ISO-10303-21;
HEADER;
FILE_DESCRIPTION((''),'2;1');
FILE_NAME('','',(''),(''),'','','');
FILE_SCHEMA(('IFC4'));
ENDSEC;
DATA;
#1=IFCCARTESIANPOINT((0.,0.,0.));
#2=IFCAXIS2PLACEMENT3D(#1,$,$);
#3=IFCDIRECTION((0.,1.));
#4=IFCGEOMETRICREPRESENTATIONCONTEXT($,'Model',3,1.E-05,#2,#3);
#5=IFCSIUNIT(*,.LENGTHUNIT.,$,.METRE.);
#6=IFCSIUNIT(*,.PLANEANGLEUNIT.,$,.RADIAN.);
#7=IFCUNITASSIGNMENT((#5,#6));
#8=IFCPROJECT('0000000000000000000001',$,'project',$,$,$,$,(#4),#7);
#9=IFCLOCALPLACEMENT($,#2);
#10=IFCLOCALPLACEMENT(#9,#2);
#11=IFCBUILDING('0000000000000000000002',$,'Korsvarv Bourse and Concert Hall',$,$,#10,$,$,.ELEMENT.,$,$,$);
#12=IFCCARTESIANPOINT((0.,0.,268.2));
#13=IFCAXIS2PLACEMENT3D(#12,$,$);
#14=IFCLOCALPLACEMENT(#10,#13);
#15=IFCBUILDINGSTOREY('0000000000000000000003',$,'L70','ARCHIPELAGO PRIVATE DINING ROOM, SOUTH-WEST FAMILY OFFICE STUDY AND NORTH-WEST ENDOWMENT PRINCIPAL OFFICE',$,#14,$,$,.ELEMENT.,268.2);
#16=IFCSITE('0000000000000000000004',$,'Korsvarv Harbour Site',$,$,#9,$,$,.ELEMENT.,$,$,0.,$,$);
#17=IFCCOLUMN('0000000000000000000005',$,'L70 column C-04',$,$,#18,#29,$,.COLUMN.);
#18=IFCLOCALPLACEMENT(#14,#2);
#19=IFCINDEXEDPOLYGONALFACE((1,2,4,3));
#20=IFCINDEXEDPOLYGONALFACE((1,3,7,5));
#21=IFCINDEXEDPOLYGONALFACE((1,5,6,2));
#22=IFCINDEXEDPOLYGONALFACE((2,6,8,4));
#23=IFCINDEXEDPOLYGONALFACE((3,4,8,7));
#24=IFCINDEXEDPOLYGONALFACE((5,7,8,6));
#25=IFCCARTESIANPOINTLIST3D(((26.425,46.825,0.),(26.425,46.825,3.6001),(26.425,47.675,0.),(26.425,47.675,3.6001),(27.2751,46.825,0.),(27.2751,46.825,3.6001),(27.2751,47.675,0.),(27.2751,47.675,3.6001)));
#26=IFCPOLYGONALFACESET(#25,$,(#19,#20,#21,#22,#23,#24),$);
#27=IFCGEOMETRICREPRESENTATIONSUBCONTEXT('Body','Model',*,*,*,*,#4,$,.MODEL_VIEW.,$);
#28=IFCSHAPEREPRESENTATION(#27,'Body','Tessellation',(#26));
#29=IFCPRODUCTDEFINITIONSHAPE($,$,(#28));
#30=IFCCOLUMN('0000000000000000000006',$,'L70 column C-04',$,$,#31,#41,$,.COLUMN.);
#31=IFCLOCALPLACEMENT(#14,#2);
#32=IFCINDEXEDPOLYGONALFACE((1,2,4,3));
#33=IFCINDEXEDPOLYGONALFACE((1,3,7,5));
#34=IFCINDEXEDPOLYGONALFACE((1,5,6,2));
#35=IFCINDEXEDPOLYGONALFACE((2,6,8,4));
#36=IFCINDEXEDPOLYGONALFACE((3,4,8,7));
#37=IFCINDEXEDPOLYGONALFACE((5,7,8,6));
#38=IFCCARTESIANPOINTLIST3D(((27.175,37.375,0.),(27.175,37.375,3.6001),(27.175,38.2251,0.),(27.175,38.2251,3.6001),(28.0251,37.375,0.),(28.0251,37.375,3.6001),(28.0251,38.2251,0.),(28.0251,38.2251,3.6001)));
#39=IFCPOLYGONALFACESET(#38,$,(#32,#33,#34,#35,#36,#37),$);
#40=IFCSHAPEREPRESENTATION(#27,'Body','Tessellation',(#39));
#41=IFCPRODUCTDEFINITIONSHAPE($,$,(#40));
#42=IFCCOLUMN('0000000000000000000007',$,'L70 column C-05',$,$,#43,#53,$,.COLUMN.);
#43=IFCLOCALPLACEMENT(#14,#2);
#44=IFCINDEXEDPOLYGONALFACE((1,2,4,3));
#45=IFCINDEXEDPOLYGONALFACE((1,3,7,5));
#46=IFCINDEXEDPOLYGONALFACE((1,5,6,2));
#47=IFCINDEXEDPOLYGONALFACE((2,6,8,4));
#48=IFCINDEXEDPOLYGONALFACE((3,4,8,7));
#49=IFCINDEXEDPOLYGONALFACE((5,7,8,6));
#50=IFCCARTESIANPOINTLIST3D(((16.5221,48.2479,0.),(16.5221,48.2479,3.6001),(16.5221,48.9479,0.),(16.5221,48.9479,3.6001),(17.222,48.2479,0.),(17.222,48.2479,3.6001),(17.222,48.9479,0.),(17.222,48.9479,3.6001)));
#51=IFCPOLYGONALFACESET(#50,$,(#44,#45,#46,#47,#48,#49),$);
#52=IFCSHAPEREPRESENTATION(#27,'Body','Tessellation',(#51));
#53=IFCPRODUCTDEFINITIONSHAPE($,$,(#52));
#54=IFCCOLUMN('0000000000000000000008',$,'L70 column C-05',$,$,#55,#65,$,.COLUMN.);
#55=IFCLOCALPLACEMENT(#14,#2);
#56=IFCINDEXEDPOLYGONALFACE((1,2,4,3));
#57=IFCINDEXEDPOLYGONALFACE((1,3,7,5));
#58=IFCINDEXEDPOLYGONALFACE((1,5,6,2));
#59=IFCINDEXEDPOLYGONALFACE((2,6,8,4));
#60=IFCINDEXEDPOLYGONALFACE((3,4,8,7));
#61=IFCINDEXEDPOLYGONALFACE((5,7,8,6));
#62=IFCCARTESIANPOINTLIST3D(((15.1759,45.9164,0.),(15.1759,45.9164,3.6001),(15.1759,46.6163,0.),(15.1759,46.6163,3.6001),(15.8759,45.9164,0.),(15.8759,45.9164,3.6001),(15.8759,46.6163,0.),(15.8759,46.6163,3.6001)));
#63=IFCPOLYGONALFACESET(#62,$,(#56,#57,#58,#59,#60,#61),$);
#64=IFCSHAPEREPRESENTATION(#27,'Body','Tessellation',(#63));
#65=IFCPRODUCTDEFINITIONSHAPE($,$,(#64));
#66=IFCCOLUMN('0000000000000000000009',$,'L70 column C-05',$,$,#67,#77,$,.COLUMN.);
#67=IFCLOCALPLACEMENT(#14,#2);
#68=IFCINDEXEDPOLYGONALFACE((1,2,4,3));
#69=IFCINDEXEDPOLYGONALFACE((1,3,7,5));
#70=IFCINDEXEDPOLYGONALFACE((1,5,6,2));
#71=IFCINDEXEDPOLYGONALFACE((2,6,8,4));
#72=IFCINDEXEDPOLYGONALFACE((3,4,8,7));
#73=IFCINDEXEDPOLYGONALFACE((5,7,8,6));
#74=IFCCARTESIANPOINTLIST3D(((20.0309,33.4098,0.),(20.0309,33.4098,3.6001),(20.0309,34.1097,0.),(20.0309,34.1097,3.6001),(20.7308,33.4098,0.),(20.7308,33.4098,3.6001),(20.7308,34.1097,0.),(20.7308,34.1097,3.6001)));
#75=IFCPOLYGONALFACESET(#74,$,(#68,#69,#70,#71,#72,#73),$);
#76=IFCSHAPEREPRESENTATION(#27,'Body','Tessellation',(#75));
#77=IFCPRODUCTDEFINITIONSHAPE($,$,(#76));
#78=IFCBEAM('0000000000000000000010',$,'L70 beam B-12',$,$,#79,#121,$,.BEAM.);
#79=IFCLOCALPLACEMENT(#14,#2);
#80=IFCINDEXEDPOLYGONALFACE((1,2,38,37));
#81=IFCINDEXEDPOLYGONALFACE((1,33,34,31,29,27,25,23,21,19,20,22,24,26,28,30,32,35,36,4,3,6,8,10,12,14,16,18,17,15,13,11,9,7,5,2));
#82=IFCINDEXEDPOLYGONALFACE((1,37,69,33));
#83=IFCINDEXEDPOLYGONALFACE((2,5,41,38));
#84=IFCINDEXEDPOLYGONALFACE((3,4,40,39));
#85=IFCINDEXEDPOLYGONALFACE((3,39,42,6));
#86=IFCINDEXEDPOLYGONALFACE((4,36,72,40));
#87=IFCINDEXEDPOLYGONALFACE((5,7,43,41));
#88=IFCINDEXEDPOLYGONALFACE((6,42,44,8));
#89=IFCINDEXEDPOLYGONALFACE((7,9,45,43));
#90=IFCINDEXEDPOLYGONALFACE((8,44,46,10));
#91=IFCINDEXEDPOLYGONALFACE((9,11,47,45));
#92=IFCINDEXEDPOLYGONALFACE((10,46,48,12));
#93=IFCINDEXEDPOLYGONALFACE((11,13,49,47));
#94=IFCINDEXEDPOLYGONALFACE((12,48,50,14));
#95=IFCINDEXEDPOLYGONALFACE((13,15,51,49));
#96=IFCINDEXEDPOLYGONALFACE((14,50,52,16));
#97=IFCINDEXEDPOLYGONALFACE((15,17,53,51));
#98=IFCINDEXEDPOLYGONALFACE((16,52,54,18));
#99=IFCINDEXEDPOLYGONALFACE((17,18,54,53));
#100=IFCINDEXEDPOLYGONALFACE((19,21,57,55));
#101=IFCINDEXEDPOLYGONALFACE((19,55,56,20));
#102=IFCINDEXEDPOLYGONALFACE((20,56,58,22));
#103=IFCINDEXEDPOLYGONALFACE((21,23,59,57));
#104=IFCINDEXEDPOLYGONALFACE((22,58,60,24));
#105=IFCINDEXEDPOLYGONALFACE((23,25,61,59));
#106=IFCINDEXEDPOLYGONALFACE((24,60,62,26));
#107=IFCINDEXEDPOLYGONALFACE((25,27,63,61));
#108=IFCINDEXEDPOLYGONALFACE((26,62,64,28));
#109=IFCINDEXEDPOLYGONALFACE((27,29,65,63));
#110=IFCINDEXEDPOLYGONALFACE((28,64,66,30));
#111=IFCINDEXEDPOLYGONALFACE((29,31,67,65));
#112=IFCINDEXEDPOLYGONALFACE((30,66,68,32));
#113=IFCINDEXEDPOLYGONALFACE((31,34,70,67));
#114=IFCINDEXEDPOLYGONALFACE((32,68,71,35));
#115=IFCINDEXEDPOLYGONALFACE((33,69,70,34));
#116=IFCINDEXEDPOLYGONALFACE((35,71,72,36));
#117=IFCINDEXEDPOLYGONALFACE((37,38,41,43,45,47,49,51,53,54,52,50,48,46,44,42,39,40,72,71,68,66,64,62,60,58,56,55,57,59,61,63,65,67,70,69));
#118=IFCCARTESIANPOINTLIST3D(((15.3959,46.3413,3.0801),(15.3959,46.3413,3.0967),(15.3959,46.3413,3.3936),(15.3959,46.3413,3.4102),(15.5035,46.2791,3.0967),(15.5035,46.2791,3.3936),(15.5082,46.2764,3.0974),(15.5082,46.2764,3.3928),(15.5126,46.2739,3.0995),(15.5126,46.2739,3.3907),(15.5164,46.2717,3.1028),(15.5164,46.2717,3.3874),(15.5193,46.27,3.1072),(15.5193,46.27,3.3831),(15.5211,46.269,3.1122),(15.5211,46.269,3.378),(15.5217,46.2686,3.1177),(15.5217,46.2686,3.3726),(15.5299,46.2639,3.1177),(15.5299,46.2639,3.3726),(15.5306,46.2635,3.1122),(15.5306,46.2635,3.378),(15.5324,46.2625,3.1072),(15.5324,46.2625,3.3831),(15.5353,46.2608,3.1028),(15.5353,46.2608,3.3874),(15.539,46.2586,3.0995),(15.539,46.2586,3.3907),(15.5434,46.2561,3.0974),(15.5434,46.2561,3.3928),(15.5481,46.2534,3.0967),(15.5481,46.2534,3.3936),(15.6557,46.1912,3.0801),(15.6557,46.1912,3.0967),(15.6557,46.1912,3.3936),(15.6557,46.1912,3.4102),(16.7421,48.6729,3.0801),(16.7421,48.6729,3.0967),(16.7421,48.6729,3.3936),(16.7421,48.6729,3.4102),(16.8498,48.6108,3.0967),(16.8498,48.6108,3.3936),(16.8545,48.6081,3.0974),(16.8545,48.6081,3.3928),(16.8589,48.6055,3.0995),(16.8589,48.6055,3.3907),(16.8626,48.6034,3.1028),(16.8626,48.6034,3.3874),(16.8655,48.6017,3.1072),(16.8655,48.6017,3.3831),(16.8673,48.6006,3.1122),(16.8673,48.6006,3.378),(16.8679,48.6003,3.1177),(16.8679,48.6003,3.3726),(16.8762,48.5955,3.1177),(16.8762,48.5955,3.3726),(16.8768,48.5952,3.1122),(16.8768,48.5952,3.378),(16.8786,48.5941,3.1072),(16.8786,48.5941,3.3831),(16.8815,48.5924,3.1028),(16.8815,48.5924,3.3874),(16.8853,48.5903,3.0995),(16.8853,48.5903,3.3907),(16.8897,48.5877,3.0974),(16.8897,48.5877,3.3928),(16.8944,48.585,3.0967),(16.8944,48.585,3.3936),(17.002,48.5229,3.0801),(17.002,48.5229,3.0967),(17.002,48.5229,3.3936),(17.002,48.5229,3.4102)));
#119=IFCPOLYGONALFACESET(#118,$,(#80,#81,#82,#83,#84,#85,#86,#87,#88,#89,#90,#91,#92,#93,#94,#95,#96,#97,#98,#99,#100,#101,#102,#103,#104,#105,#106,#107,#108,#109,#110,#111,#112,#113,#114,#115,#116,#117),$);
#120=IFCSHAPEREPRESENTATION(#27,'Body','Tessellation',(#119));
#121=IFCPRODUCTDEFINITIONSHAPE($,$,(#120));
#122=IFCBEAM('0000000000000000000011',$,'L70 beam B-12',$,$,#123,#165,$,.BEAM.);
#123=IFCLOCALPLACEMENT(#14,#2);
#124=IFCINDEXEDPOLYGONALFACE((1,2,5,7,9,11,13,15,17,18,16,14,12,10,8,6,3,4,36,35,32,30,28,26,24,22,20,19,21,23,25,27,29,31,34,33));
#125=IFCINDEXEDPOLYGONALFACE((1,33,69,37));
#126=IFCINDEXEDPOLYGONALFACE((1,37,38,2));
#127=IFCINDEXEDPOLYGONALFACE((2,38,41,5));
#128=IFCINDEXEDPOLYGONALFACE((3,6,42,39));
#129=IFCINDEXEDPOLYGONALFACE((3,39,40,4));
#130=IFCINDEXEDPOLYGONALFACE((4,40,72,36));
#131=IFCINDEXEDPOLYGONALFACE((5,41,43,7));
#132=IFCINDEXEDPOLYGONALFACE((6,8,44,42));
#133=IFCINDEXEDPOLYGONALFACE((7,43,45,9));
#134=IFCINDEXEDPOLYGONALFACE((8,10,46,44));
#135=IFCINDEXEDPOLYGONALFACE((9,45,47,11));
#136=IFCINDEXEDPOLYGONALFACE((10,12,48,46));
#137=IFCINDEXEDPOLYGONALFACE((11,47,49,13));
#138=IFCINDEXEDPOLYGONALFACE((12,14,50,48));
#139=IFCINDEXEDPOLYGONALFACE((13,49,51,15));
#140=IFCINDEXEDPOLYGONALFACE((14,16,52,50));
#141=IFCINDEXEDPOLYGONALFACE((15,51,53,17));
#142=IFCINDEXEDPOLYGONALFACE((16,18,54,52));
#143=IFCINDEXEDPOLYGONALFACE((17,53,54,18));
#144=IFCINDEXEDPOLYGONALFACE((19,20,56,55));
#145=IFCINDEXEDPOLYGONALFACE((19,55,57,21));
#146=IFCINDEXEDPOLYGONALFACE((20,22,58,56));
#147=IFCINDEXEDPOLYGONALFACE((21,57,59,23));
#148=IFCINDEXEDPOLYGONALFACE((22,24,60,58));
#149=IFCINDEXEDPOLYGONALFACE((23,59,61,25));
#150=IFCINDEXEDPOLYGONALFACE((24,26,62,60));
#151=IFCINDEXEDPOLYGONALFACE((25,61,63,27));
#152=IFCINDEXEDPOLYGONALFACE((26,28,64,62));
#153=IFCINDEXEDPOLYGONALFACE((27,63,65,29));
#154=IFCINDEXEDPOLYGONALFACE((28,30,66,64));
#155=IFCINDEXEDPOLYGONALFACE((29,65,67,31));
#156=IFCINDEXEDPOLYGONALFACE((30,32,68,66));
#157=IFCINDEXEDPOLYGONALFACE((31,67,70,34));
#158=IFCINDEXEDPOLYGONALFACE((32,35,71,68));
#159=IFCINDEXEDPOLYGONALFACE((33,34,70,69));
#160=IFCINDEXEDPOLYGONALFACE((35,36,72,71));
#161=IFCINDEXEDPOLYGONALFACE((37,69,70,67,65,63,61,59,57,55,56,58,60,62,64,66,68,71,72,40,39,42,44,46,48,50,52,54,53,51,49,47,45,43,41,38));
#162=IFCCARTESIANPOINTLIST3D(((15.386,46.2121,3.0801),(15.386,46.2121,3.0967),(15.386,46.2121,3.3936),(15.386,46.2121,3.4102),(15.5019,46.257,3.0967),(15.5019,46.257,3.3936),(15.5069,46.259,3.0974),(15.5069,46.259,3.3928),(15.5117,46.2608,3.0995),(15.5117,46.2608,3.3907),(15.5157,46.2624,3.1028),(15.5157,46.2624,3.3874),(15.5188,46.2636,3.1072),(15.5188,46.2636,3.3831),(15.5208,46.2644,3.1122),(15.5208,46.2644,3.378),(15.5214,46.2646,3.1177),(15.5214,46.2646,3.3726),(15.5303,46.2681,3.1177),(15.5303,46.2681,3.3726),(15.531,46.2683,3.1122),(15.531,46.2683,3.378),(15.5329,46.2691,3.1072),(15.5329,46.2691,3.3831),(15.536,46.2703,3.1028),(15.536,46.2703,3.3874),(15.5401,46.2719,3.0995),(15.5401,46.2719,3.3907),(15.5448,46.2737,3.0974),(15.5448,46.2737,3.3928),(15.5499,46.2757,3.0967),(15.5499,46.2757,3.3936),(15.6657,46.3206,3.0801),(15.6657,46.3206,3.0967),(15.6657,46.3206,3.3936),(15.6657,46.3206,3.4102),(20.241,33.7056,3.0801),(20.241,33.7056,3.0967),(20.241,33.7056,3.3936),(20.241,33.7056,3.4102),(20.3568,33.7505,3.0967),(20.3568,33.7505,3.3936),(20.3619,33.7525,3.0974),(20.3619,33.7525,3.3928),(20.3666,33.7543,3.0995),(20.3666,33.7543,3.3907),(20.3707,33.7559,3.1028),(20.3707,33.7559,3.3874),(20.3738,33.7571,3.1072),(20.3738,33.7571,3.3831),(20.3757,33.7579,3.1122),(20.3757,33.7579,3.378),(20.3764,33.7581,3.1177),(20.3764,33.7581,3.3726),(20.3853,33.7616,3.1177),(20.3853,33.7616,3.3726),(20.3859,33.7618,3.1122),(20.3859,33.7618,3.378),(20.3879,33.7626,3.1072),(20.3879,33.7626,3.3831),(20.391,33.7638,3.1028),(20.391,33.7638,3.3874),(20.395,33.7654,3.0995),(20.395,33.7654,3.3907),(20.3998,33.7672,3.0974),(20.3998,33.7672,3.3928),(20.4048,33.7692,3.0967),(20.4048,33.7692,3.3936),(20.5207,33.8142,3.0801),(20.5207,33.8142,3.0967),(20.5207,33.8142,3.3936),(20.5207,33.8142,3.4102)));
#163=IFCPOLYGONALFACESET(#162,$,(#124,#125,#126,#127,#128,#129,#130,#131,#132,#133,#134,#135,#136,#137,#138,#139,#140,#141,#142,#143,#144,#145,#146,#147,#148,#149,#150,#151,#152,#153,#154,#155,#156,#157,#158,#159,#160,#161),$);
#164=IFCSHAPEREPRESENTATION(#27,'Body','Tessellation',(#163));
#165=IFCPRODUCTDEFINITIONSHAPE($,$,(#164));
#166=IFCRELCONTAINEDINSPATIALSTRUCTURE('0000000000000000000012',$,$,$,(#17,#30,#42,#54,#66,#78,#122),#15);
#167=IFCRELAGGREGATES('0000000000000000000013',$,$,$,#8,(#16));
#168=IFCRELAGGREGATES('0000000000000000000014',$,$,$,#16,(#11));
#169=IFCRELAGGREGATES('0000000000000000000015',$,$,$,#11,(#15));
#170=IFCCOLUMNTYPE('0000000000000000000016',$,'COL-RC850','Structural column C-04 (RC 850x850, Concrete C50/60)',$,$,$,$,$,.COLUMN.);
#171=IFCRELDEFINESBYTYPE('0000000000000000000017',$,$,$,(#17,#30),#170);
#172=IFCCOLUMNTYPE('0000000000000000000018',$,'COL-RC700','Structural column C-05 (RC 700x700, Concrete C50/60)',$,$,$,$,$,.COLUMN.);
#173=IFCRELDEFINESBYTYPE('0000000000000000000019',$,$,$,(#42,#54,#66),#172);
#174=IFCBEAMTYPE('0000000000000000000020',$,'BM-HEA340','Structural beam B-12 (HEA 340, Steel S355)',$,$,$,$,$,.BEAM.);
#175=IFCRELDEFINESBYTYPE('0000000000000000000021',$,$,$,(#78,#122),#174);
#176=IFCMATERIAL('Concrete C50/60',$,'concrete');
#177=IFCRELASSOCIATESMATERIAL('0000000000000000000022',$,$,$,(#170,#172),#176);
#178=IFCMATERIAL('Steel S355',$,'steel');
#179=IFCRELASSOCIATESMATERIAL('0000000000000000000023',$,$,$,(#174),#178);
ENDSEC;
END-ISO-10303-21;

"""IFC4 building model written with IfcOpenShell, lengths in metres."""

from ifc_helpers import new_model, si_unit, direction, frame, origin, origin_2d, place, context, subcontext, project, spatial, rectangle, i_section, extrude, source, transform, mapped, material, material_profile, profile_set, type_object, element, save


model = new_model("IFC4")

# Units and contexts
model_context = context("Model", 3, precision=1e-05, world=origin(), true_north=direction((0.0, 1.0)))
body_context = subcontext(model_context, "Body", "Model", "MODEL_VIEW")
ifc_project = project(units=[si_unit("LENGTHUNIT", "METRE"), si_unit("PLANEANGLEUNIT", "RADIAN")], contexts=[model_context])

# Site, building, storey
site_placement = place(None, origin())
site = spatial("IfcSite", under=ifc_project, at=site_placement, Name="Korsvarv Harbour Site", CompositionType="ELEMENT", RefElevation=0.0)
building_placement = place(site_placement, origin())
building = spatial("IfcBuilding", under=site, at=building_placement, Name="Korsvarv Bourse and Concert Hall", CompositionType="ELEMENT")
storey_placement = place(building_placement, frame((0.0, 0.0, 268.2)))
storey = spatial("IfcBuildingStorey", under=building, at=storey_placement, Name="L70", Description="ARCHIPELAGO PRIVATE DINING ROOM, SOUTH-WEST FAMILY OFFICE STUDY AND NORTH-WEST ENDOWMENT PRINCIPAL OFFICE", CompositionType="ELEMENT", Elevation=268.2)

# Columns
ifc_material_1 = material(Name="Concrete C50/60", Category="concrete")
ifc_material_profile_1 = material_profile(ifc_material_1, rectangle(XDim=0.8501, YDim=0.8501, at=origin_2d()), Name="RC 850x850")
ifc_profile_set_1 = profile_set([ifc_material_profile_1], Name="Concrete C50/60")
column_type_1 = type_object("IfcColumnType", Name="COL-RC850", Description="Structural column C-04 (RC 850x850, Concrete C50/60)", PredefinedType="COLUMN", material=ifc_profile_set_1)
shared_shape_1 = source(origin(), body_context, "Body", "SweptSolid", [
    extrude(rectangle(XDim=0.8501, YDim=0.8501, at=origin_2d()), origin(), (0.0, 0.0, 1.0), 3.6001),
])
for number, where, z_axis, x_axis, name in (
    (1, (26.8501, 47.25, 0.0), (0.0, 0.0, 1.0), (1.0, 0.0, 0.0), "L70 column C-04"),
    (2, (27.6001, 37.8, 0.0), (0.0, 0.0, 1.0), (1.0, 0.0, 0.0), "L70 column C-04"),
):
    element("IfcColumn", number, at=place(storey_placement, frame(where, z_axis=z_axis, x_axis=x_axis)), inside=storey, type_object=column_type_1, Name=name, PredefinedType="COLUMN", context=body_context, shape_type="MappedRepresentation", body=[
        mapped(shared_shape_1, transform((0.0, 0.0, 0.0), scale=1.0)),
    ])
ifc_material_profile_2 = material_profile(ifc_material_1, rectangle(XDim=0.7, YDim=0.7, at=origin_2d()), Name="RC 700x700")
ifc_profile_set_2 = profile_set([ifc_material_profile_2], Name="Concrete C50/60")
column_type_2 = type_object("IfcColumnType", Name="COL-RC700", Description="Structural column C-05 (RC 700x700, Concrete C50/60)", PredefinedType="COLUMN", material=ifc_profile_set_2)
shared_shape_2 = source(origin(), body_context, "Body", "SweptSolid", [
    extrude(rectangle(XDim=0.7, YDim=0.7, at=origin_2d()), origin(), (0.0, 0.0, 1.0), 3.6001),
])
for number, where, z_axis, x_axis, name in (
    (3, (16.8721, 48.5979, 0.0), (0.0, 0.0, 1.0), (1.0, 0.0, 0.0), "L70 column C-05"),
    (4, (15.5259, 46.2664, 0.0), (0.0, 0.0, 1.0), (1.0, 0.0, 0.0), "L70 column C-05"),
    (5, (20.3809, 33.7598, 0.0), (0.0, 0.0, 1.0), (1.0, 0.0, 0.0), "L70 column C-05"),
):
    element("IfcColumn", number, at=place(storey_placement, frame(where, z_axis=z_axis, x_axis=x_axis)), inside=storey, type_object=column_type_2, Name=name, PredefinedType="COLUMN", context=body_context, shape_type="MappedRepresentation", body=[
        mapped(shared_shape_2, transform((0.0, 0.0, 0.0), scale=1.0)),
    ])

# Beams
ifc_material_2 = material(Name="Steel S355", Category="steel")
ifc_material_profile_3 = material_profile(ifc_material_2, i_section(OverallWidth=0.3, OverallDepth=0.3301, WebThickness=0.0095, FlangeThickness=0.0166, FilletRadius=0.021, at=origin_2d()), Name="HEA 340")
ifc_profile_set_3 = profile_set([ifc_material_profile_3], Name="Steel S355")
beam_type_1 = type_object("IfcBeamType", Name="BM-HEA340", Description="Structural beam B-12 (HEA 340, Steel S355)", PredefinedType="BEAM", material=ifc_profile_set_3)
shared_shape_3 = source(origin(), body_context, "Body", "SweptSolid", [
    extrude(i_section(OverallWidth=0.3, OverallDepth=0.3301, WebThickness=0.0095, FlangeThickness=0.0166, FilletRadius=0.021, at=origin_2d()), origin(), (0.0, 0.0, 1.0), 2.6924),
])
beam_1_placement = place(storey_placement, frame((16.8721, 48.5979, 3.2451), z_axis=(-0.500021, -0.866013, 0.0), x_axis=(0.866013, -0.500021, 0.0)))
element("IfcBeam", 6, at=beam_1_placement, inside=storey, type_object=beam_type_1, Name="L70 beam B-12", PredefinedType="BEAM", context=body_context, shape_type="MappedRepresentation", body=[
    mapped(shared_shape_3, transform((0.0, 0.0, 0.0), scale=1.0)),
])
shared_shape_4 = source(origin(), body_context, "Body", "SweptSolid", [
    extrude(i_section(OverallWidth=0.3, OverallDepth=0.3301, WebThickness=0.0095, FlangeThickness=0.0166, FilletRadius=0.021, at=origin_2d()), origin(), (0.0, 0.0, 1.0), 13.4158),
])
beam_2_placement = place(storey_placement, frame((15.5259, 46.2664, 3.2451), z_axis=(0.361883, -0.932223, 0.0), x_axis=(0.932223, 0.361883, 0.0)))
element("IfcBeam", 7, at=beam_2_placement, inside=storey, type_object=beam_type_1, Name="L70 beam B-12", PredefinedType="BEAM", context=body_context, shape_type="MappedRepresentation", body=[
    mapped(shared_shape_4, transform((0.0, 0.0, 0.0), scale=1.0)),
])

save(model, "model.ifc")
